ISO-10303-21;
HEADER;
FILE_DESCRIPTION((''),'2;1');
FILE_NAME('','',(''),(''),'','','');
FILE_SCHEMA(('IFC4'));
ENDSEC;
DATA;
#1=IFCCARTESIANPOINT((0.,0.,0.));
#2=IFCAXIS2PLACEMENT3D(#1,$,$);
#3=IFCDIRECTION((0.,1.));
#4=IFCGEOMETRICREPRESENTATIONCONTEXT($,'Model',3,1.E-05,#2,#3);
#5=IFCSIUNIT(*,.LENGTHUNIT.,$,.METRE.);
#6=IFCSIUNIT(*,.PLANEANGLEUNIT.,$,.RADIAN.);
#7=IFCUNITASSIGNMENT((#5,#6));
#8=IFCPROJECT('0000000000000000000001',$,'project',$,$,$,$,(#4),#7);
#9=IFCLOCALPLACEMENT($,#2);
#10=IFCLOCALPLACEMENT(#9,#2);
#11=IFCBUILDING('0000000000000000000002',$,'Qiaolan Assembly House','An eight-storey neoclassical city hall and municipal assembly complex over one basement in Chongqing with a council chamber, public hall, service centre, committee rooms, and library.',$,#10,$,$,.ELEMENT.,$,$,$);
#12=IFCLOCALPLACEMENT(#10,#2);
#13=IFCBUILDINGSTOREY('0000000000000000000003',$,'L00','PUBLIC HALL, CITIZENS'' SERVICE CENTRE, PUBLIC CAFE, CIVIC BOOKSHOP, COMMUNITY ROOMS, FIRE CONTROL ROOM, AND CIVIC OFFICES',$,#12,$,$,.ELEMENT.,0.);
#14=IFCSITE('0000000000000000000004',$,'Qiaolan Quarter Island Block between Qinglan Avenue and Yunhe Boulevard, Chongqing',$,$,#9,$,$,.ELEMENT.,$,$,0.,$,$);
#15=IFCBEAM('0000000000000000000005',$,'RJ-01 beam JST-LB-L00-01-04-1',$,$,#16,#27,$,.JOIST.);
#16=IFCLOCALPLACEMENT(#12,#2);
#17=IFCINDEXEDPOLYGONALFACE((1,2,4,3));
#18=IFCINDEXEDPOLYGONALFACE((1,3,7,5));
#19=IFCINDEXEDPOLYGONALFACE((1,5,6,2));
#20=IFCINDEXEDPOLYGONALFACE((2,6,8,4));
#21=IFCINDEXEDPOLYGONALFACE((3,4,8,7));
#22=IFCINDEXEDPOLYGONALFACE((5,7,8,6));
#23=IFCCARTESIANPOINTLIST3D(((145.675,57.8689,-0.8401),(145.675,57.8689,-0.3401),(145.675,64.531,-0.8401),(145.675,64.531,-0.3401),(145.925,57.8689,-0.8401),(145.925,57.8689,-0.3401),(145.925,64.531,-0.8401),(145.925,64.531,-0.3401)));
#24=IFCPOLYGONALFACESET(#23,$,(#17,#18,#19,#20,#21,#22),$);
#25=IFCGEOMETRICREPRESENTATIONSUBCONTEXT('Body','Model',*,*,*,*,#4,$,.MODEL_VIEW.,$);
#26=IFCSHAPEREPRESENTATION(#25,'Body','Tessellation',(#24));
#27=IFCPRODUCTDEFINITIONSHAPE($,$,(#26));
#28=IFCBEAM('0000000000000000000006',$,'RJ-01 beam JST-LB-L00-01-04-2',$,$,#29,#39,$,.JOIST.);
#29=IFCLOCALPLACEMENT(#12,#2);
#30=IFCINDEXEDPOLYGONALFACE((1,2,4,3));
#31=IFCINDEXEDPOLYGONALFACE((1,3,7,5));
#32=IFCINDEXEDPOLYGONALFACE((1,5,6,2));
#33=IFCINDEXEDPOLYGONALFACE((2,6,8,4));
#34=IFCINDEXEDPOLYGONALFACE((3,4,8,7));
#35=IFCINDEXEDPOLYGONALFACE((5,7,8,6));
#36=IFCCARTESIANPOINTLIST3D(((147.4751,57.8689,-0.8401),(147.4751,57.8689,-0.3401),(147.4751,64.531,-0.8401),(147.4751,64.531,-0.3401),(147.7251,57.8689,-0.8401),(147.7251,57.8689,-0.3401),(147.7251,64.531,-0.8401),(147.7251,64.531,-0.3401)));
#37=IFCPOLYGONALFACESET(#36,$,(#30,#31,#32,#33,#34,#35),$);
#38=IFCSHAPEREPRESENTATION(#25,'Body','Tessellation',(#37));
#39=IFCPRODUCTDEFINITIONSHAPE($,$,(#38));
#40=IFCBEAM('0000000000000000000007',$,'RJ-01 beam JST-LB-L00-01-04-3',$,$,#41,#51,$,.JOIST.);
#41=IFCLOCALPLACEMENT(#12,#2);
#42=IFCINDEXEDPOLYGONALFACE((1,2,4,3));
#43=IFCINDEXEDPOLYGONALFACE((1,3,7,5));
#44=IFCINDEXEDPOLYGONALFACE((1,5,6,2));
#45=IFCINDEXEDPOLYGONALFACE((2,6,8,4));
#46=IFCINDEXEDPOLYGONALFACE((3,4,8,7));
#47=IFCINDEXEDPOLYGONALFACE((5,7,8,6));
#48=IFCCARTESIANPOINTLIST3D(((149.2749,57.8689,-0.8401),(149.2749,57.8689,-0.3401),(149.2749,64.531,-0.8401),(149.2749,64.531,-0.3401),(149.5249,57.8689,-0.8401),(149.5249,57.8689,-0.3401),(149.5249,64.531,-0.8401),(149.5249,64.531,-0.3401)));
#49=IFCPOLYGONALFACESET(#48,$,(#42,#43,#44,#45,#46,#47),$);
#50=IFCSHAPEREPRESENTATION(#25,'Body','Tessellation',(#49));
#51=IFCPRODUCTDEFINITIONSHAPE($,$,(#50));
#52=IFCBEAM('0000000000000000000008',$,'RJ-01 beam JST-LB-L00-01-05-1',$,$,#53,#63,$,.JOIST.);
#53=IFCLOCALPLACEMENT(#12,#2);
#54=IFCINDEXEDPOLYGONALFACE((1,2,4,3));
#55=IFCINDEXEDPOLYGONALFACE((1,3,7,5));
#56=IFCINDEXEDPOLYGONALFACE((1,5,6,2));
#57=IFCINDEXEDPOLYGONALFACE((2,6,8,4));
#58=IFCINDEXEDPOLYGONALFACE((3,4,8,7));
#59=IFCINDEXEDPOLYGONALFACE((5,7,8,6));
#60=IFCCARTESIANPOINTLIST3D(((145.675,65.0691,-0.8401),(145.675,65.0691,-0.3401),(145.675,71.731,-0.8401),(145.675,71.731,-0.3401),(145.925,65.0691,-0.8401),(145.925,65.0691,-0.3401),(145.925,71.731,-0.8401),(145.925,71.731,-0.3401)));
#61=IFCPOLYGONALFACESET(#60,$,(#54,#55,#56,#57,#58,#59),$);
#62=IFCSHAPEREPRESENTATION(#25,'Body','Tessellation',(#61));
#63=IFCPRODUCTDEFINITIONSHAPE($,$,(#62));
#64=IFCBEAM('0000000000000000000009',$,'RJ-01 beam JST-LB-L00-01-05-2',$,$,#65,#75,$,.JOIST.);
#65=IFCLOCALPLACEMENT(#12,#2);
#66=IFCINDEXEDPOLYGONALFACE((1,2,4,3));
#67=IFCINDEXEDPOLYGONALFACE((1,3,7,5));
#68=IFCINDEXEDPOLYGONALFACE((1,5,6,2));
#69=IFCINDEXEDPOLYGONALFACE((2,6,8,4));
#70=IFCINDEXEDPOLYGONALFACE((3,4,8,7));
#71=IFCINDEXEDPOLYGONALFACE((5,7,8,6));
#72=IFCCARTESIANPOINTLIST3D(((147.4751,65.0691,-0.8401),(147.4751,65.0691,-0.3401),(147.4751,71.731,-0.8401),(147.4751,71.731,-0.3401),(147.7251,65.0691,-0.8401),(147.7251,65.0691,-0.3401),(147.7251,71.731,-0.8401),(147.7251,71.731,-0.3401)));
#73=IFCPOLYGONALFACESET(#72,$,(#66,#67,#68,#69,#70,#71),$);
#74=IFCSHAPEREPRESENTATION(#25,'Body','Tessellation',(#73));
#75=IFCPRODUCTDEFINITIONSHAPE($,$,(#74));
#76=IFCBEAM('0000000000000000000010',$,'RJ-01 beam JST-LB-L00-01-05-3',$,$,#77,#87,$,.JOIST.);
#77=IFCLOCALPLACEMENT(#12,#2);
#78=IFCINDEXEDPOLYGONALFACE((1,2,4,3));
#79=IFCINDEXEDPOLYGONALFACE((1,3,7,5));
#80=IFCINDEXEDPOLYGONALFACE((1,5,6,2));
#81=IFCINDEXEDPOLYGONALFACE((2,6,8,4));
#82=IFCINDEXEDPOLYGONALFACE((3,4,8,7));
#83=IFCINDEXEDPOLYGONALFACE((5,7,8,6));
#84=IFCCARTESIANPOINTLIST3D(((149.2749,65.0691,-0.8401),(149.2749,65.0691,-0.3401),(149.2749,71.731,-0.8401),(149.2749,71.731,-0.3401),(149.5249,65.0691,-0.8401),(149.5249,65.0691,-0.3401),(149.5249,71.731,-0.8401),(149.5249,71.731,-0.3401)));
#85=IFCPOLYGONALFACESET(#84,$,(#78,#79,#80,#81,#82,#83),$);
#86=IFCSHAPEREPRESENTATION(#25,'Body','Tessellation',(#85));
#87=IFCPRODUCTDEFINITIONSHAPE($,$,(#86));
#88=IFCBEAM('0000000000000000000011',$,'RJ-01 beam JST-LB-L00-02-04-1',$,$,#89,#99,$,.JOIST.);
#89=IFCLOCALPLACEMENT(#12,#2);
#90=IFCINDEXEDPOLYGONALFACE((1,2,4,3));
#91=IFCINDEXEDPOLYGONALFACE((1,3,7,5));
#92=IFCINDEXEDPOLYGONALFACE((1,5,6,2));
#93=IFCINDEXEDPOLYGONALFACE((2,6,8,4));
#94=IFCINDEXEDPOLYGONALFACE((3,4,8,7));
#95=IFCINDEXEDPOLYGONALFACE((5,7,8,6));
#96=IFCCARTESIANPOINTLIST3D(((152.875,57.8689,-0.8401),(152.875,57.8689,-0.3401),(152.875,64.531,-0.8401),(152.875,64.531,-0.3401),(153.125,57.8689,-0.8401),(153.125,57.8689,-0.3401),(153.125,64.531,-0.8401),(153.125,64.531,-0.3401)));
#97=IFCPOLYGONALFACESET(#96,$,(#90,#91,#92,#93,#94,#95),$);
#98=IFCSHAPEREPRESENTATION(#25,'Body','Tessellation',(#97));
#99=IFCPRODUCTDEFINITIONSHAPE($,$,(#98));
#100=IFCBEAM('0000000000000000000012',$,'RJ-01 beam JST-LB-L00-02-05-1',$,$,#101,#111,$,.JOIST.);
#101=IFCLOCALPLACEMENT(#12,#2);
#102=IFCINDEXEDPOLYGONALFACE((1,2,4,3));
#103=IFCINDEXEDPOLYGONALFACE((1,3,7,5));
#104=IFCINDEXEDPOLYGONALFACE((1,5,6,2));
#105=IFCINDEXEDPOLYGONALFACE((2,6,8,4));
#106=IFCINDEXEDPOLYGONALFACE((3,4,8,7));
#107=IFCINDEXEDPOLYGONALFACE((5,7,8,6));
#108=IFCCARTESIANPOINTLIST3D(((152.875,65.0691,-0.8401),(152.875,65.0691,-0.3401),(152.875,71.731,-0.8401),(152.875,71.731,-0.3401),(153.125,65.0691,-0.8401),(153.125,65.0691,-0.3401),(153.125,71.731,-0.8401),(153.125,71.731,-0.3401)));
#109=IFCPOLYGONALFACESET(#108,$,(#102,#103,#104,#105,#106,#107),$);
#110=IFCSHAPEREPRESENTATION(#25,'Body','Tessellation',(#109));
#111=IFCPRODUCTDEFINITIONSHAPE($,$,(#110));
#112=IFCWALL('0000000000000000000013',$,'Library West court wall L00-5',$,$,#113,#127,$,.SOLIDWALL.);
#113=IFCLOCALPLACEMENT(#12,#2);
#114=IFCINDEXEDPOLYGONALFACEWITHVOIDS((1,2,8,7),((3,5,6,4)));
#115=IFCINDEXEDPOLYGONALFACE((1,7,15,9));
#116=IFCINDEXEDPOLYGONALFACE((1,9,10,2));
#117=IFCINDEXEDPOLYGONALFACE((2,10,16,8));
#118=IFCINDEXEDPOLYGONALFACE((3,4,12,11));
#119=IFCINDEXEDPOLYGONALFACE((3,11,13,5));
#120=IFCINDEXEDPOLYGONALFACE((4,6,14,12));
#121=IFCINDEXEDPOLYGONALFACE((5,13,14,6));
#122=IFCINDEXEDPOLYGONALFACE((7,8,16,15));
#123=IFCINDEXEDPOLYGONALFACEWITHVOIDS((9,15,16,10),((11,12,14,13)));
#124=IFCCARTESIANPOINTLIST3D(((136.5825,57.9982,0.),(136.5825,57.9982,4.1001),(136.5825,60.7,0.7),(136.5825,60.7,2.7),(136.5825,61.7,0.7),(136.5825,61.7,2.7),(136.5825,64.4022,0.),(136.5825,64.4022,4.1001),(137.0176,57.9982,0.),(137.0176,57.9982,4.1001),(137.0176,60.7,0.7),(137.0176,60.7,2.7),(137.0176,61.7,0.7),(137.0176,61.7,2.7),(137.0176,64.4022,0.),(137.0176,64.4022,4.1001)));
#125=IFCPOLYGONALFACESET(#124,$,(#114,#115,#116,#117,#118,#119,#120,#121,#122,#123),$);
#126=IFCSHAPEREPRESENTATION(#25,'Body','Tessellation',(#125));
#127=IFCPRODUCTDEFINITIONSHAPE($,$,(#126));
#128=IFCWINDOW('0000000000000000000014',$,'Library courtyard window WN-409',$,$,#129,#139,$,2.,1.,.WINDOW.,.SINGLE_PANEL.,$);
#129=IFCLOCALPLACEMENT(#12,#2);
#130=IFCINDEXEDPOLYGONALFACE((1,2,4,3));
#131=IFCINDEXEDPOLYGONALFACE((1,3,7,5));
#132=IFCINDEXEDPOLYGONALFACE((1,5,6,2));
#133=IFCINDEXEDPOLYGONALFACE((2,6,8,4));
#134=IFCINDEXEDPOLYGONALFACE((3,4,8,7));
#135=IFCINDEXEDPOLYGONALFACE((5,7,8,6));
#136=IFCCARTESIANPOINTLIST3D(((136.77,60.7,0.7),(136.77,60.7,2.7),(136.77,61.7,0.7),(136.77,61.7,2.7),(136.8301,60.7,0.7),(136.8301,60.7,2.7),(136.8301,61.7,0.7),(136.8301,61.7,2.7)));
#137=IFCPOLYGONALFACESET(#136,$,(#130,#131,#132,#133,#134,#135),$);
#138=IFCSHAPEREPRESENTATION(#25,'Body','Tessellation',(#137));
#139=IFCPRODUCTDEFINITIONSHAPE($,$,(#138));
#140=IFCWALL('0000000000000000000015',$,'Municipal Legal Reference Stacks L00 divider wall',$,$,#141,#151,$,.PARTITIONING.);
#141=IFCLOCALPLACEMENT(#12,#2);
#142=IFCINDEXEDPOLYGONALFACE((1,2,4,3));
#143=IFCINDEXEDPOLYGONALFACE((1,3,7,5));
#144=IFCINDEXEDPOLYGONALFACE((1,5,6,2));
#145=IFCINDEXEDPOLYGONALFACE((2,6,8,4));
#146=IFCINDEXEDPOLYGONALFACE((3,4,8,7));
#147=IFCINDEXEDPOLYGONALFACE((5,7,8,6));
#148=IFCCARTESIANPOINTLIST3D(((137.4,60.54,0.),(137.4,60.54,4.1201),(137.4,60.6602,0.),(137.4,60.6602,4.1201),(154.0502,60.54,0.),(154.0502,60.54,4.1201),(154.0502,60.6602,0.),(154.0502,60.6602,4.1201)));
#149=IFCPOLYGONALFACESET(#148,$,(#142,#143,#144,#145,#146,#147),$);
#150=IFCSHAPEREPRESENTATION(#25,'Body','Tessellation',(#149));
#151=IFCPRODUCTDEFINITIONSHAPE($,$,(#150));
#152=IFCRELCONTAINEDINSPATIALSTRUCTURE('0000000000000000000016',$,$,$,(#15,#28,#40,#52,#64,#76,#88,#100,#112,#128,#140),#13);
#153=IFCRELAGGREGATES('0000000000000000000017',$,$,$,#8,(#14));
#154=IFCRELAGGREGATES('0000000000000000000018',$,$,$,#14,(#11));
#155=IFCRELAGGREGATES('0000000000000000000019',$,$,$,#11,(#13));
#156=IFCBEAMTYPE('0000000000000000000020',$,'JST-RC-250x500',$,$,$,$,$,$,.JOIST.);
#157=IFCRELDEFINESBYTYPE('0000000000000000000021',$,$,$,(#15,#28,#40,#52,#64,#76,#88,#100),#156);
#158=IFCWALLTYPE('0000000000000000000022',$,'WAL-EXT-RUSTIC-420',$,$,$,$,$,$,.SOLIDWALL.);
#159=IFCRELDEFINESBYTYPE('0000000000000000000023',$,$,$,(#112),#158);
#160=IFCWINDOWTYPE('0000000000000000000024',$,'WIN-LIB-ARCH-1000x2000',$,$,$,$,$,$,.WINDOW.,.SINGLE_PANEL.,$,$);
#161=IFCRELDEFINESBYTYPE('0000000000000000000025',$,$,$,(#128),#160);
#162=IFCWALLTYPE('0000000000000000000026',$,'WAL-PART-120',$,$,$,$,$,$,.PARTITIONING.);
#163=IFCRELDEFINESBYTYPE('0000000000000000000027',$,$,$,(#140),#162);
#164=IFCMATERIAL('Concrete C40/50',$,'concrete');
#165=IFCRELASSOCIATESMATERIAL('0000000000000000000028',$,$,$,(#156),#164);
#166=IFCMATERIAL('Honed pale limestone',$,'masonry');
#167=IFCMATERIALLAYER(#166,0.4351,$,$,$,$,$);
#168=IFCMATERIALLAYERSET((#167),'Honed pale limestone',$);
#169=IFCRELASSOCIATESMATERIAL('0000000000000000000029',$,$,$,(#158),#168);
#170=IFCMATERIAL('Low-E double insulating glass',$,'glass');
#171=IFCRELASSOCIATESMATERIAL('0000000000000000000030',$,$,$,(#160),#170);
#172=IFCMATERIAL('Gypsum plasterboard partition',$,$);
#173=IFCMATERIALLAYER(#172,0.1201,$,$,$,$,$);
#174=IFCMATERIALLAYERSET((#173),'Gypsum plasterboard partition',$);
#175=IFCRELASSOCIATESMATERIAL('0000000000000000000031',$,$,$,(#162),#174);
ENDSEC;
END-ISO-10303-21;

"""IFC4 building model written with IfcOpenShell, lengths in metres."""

from ifc_helpers import new_model, si_unit, direction, frame, frame_2d, origin, origin_2d, place, context, subcontext, project, spatial, rectangle, extrude, material, layer, layer_set, material_profile, profile_set, type_object, element, fill, save


model = new_model("IFC4")

# Units and contexts
model_context = context("Model", 3, precision=1e-05, world=origin(), true_north=direction((0.0, 1.0)))
body_context = subcontext(model_context, "Body", "Model", "MODEL_VIEW")
ifc_project = project(units=[si_unit("LENGTHUNIT", "METRE"), si_unit("PLANEANGLEUNIT", "RADIAN")], contexts=[model_context])

# Site, building, storey
site_placement = place(None, origin())
site = spatial("IfcSite", under=ifc_project, at=site_placement, Name="Qiaolan Quarter Island Block between Qinglan Avenue and Yunhe Boulevard, Chongqing", CompositionType="ELEMENT", RefElevation=0.0)
building_placement = place(site_placement, origin())
building = spatial("IfcBuilding", under=site, at=building_placement, Name="Qiaolan Assembly House", Description="An eight-storey neoclassical city hall and municipal assembly complex over one basement in Chongqing with a council chamber, public hall, service centre, committee rooms, and library.", CompositionType="ELEMENT")
storey_placement = place(building_placement, origin())
storey = spatial("IfcBuildingStorey", under=building, at=storey_placement, Name="L00", Description="PUBLIC HALL, CITIZENS' SERVICE CENTRE, PUBLIC CAFE, CIVIC BOOKSHOP, COMMUNITY ROOMS, FIRE CONTROL ROOM, AND CIVIC OFFICES", CompositionType="ELEMENT", Elevation=0.0)

# Beams
ifc_material_1 = material(Name="Concrete C40/50", Category="concrete")
ifc_material_profile_1 = material_profile(ifc_material_1, rectangle(XDim=0.25, YDim=0.5, at=origin_2d()), Name="RCB 250x500")
ifc_profile_set_1 = profile_set([ifc_material_profile_1], Name="Concrete C40/50")
beam_type_1 = type_object("IfcBeamType", Name="JST-RC-250x500", PredefinedType="JOIST", material=ifc_profile_set_1)
for number, where, z_axis, x_axis, name in (
    (1, (145.8, 57.8689, -0.5901), (0.0, 1.0, 0.0), (-1.0, 0.0, 0.0), "RJ-01 beam JST-LB-L00-01-04-1"),
    (2, (147.6001, 57.8689, -0.5901), (0.0, 1.0, 0.0), (-1.0, 0.0, 0.0), "RJ-01 beam JST-LB-L00-01-04-2"),
    (3, (149.3999, 57.8689, -0.5901), (0.0, 1.0, 0.0), (-1.0, 0.0, 0.0), "RJ-01 beam JST-LB-L00-01-04-3"),
):
    element("IfcBeam", number, at=place(storey_placement, frame(where, z_axis=z_axis, x_axis=x_axis)), inside=storey, type_object=beam_type_1, Name=name, PredefinedType="JOIST", context=body_context, shape_type="SweptSolid", body=[
        extrude(rectangle(XDim=0.25, YDim=0.5, at=origin_2d()), origin(), (0.0, 0.0, 1.0), 6.6621),
    ])
for number, where, z_axis, x_axis, name in (
    (4, (145.8, 65.0691, -0.5901), (0.0, 1.0, 0.0), (-1.0, 0.0, 0.0), "RJ-01 beam JST-LB-L00-01-05-1"),
    (5, (147.6001, 65.0691, -0.5901), (0.0, 1.0, 0.0), (-1.0, 0.0, 0.0), "RJ-01 beam JST-LB-L00-01-05-2"),
    (6, (149.3999, 65.0691, -0.5901), (0.0, 1.0, 0.0), (-1.0, 0.0, 0.0), "RJ-01 beam JST-LB-L00-01-05-3"),
):
    element("IfcBeam", number, at=place(storey_placement, frame(where, z_axis=z_axis, x_axis=x_axis)), inside=storey, type_object=beam_type_1, Name=name, PredefinedType="JOIST", context=body_context, shape_type="SweptSolid", body=[
        extrude(rectangle(XDim=0.25, YDim=0.5, at=origin_2d()), origin(), (0.0, 0.0, 1.0), 6.6619),
    ])
beam_1_placement = place(storey_placement, frame((153.0, 57.8689, -0.5901), z_axis=(0.0, 1.0, 0.0), x_axis=(-1.0, 0.0, 0.0)))
element("IfcBeam", 7, at=beam_1_placement, inside=storey, type_object=beam_type_1, Name="RJ-01 beam JST-LB-L00-02-04-1", PredefinedType="JOIST", context=body_context, shape_type="SweptSolid", body=[
    extrude(rectangle(XDim=0.25, YDim=0.5, at=origin_2d()), origin(), (0.0, 0.0, 1.0), 6.6621),
])
beam_2_placement = place(storey_placement, frame((153.0, 65.0691, -0.5901), z_axis=(0.0, 1.0, 0.0), x_axis=(-1.0, 0.0, 0.0)))
element("IfcBeam", 8, at=beam_2_placement, inside=storey, type_object=beam_type_1, Name="RJ-01 beam JST-LB-L00-02-05-1", PredefinedType="JOIST", context=body_context, shape_type="SweptSolid", body=[
    extrude(rectangle(XDim=0.25, YDim=0.5, at=origin_2d()), origin(), (0.0, 0.0, 1.0), 6.6619),
])

# Wall, opening, window
ifc_material_2 = material(Name="Honed pale limestone", Category="masonry")
ifc_layer_1 = layer(ifc_material_2, 0.4351)
ifc_layer_set_1 = layer_set([ifc_layer_1], Name="Honed pale limestone")
wall_type_1 = type_object("IfcWallType", Name="WAL-EXT-RUSTIC-420", PredefinedType="SOLIDWALL", material=ifc_layer_set_1)
wall_1_placement = place(storey_placement, frame((136.8, 57.998, 0.0), z_axis=(0.0, 0.0, 1.0), x_axis=(0.0, 1.0, 0.0)))
wall_1 = element("IfcWall", 9, at=wall_1_placement, inside=storey, type_object=wall_type_1, Name="Library West court wall L00-5", PredefinedType="SOLIDWALL", context=body_context, shape_type="SweptSolid", body=[
    extrude(rectangle(XDim=6.4041, YDim=0.4351, at=frame_2d((3.2021, 0.0))), origin(), (0.0, 0.0, 1.0), 4.1001),
])
opening_placement = place(wall_1_placement, frame((2.7019, 0.0, 0.7)))
opening = element("IfcOpeningElement", 10, at=opening_placement, cuts=wall_1, PredefinedType="OPENING", context=body_context, shape_type="SweptSolid", body=[
    extrude(rectangle(XDim=1.0, YDim=2.0, at=frame_2d((0.5, 1.0))), frame((0.0, 0.2275, 0.0), z_axis=(0.0, -1.0, 0.0), x_axis=(1.0, 0.0, 0.0)), (0.0, 0.0, 1.0), 0.4551),
])
ifc_material_3 = material(Name="Low-E double insulating glass", Category="glass")
window_type = type_object("IfcWindowType", Name="WIN-LIB-ARCH-1000x2000", PartitioningType="SINGLE_PANEL", PredefinedType="WINDOW", material=ifc_material_3)
window_placement = place(opening_placement, origin())
window = element("IfcWindow", 11, at=window_placement, inside=storey, type_object=window_type, Name="Library courtyard window WN-409", OverallHeight=2.0, OverallWidth=1.0, PartitioningType="SINGLE_PANEL", PredefinedType="WINDOW", context=body_context, shape_type="SweptSolid", body=[
    extrude(rectangle(XDim=1.0, YDim=2.0, at=frame_2d((0.5, 1.0))), frame((0.0, 0.03, 0.0), z_axis=(0.0, -1.0, 0.0), x_axis=(1.0, 0.0, 0.0)), (0.0, 0.0, 1.0), 0.0601),
])
fill(opening, window)

# Wall
ifc_material_4 = material(Name="Gypsum plasterboard partition")
ifc_layer_2 = layer(ifc_material_4, 0.1201)
ifc_layer_set_2 = layer_set([ifc_layer_2], Name="Gypsum plasterboard partition")
wall_type_2 = type_object("IfcWallType", Name="WAL-PART-120", PredefinedType="PARTITIONING", material=ifc_layer_set_2)
wall_2_placement = place(storey_placement, frame((137.3999, 60.6001, 0.0), z_axis=(0.0, 0.0, 1.0), x_axis=(1.0, 0.0, 0.0)))
element("IfcWall", 12, at=wall_2_placement, inside=storey, type_object=wall_type_2, Name="Municipal Legal Reference Stacks L00 divider wall", PredefinedType="PARTITIONING", context=body_context, shape_type="SweptSolid", body=[
    extrude(rectangle(XDim=16.6501, YDim=0.1201, at=frame_2d((8.3252, 0.0))), origin(), (0.0, 0.0, 1.0), 4.1201),
])

save(model, "model.ifc")
